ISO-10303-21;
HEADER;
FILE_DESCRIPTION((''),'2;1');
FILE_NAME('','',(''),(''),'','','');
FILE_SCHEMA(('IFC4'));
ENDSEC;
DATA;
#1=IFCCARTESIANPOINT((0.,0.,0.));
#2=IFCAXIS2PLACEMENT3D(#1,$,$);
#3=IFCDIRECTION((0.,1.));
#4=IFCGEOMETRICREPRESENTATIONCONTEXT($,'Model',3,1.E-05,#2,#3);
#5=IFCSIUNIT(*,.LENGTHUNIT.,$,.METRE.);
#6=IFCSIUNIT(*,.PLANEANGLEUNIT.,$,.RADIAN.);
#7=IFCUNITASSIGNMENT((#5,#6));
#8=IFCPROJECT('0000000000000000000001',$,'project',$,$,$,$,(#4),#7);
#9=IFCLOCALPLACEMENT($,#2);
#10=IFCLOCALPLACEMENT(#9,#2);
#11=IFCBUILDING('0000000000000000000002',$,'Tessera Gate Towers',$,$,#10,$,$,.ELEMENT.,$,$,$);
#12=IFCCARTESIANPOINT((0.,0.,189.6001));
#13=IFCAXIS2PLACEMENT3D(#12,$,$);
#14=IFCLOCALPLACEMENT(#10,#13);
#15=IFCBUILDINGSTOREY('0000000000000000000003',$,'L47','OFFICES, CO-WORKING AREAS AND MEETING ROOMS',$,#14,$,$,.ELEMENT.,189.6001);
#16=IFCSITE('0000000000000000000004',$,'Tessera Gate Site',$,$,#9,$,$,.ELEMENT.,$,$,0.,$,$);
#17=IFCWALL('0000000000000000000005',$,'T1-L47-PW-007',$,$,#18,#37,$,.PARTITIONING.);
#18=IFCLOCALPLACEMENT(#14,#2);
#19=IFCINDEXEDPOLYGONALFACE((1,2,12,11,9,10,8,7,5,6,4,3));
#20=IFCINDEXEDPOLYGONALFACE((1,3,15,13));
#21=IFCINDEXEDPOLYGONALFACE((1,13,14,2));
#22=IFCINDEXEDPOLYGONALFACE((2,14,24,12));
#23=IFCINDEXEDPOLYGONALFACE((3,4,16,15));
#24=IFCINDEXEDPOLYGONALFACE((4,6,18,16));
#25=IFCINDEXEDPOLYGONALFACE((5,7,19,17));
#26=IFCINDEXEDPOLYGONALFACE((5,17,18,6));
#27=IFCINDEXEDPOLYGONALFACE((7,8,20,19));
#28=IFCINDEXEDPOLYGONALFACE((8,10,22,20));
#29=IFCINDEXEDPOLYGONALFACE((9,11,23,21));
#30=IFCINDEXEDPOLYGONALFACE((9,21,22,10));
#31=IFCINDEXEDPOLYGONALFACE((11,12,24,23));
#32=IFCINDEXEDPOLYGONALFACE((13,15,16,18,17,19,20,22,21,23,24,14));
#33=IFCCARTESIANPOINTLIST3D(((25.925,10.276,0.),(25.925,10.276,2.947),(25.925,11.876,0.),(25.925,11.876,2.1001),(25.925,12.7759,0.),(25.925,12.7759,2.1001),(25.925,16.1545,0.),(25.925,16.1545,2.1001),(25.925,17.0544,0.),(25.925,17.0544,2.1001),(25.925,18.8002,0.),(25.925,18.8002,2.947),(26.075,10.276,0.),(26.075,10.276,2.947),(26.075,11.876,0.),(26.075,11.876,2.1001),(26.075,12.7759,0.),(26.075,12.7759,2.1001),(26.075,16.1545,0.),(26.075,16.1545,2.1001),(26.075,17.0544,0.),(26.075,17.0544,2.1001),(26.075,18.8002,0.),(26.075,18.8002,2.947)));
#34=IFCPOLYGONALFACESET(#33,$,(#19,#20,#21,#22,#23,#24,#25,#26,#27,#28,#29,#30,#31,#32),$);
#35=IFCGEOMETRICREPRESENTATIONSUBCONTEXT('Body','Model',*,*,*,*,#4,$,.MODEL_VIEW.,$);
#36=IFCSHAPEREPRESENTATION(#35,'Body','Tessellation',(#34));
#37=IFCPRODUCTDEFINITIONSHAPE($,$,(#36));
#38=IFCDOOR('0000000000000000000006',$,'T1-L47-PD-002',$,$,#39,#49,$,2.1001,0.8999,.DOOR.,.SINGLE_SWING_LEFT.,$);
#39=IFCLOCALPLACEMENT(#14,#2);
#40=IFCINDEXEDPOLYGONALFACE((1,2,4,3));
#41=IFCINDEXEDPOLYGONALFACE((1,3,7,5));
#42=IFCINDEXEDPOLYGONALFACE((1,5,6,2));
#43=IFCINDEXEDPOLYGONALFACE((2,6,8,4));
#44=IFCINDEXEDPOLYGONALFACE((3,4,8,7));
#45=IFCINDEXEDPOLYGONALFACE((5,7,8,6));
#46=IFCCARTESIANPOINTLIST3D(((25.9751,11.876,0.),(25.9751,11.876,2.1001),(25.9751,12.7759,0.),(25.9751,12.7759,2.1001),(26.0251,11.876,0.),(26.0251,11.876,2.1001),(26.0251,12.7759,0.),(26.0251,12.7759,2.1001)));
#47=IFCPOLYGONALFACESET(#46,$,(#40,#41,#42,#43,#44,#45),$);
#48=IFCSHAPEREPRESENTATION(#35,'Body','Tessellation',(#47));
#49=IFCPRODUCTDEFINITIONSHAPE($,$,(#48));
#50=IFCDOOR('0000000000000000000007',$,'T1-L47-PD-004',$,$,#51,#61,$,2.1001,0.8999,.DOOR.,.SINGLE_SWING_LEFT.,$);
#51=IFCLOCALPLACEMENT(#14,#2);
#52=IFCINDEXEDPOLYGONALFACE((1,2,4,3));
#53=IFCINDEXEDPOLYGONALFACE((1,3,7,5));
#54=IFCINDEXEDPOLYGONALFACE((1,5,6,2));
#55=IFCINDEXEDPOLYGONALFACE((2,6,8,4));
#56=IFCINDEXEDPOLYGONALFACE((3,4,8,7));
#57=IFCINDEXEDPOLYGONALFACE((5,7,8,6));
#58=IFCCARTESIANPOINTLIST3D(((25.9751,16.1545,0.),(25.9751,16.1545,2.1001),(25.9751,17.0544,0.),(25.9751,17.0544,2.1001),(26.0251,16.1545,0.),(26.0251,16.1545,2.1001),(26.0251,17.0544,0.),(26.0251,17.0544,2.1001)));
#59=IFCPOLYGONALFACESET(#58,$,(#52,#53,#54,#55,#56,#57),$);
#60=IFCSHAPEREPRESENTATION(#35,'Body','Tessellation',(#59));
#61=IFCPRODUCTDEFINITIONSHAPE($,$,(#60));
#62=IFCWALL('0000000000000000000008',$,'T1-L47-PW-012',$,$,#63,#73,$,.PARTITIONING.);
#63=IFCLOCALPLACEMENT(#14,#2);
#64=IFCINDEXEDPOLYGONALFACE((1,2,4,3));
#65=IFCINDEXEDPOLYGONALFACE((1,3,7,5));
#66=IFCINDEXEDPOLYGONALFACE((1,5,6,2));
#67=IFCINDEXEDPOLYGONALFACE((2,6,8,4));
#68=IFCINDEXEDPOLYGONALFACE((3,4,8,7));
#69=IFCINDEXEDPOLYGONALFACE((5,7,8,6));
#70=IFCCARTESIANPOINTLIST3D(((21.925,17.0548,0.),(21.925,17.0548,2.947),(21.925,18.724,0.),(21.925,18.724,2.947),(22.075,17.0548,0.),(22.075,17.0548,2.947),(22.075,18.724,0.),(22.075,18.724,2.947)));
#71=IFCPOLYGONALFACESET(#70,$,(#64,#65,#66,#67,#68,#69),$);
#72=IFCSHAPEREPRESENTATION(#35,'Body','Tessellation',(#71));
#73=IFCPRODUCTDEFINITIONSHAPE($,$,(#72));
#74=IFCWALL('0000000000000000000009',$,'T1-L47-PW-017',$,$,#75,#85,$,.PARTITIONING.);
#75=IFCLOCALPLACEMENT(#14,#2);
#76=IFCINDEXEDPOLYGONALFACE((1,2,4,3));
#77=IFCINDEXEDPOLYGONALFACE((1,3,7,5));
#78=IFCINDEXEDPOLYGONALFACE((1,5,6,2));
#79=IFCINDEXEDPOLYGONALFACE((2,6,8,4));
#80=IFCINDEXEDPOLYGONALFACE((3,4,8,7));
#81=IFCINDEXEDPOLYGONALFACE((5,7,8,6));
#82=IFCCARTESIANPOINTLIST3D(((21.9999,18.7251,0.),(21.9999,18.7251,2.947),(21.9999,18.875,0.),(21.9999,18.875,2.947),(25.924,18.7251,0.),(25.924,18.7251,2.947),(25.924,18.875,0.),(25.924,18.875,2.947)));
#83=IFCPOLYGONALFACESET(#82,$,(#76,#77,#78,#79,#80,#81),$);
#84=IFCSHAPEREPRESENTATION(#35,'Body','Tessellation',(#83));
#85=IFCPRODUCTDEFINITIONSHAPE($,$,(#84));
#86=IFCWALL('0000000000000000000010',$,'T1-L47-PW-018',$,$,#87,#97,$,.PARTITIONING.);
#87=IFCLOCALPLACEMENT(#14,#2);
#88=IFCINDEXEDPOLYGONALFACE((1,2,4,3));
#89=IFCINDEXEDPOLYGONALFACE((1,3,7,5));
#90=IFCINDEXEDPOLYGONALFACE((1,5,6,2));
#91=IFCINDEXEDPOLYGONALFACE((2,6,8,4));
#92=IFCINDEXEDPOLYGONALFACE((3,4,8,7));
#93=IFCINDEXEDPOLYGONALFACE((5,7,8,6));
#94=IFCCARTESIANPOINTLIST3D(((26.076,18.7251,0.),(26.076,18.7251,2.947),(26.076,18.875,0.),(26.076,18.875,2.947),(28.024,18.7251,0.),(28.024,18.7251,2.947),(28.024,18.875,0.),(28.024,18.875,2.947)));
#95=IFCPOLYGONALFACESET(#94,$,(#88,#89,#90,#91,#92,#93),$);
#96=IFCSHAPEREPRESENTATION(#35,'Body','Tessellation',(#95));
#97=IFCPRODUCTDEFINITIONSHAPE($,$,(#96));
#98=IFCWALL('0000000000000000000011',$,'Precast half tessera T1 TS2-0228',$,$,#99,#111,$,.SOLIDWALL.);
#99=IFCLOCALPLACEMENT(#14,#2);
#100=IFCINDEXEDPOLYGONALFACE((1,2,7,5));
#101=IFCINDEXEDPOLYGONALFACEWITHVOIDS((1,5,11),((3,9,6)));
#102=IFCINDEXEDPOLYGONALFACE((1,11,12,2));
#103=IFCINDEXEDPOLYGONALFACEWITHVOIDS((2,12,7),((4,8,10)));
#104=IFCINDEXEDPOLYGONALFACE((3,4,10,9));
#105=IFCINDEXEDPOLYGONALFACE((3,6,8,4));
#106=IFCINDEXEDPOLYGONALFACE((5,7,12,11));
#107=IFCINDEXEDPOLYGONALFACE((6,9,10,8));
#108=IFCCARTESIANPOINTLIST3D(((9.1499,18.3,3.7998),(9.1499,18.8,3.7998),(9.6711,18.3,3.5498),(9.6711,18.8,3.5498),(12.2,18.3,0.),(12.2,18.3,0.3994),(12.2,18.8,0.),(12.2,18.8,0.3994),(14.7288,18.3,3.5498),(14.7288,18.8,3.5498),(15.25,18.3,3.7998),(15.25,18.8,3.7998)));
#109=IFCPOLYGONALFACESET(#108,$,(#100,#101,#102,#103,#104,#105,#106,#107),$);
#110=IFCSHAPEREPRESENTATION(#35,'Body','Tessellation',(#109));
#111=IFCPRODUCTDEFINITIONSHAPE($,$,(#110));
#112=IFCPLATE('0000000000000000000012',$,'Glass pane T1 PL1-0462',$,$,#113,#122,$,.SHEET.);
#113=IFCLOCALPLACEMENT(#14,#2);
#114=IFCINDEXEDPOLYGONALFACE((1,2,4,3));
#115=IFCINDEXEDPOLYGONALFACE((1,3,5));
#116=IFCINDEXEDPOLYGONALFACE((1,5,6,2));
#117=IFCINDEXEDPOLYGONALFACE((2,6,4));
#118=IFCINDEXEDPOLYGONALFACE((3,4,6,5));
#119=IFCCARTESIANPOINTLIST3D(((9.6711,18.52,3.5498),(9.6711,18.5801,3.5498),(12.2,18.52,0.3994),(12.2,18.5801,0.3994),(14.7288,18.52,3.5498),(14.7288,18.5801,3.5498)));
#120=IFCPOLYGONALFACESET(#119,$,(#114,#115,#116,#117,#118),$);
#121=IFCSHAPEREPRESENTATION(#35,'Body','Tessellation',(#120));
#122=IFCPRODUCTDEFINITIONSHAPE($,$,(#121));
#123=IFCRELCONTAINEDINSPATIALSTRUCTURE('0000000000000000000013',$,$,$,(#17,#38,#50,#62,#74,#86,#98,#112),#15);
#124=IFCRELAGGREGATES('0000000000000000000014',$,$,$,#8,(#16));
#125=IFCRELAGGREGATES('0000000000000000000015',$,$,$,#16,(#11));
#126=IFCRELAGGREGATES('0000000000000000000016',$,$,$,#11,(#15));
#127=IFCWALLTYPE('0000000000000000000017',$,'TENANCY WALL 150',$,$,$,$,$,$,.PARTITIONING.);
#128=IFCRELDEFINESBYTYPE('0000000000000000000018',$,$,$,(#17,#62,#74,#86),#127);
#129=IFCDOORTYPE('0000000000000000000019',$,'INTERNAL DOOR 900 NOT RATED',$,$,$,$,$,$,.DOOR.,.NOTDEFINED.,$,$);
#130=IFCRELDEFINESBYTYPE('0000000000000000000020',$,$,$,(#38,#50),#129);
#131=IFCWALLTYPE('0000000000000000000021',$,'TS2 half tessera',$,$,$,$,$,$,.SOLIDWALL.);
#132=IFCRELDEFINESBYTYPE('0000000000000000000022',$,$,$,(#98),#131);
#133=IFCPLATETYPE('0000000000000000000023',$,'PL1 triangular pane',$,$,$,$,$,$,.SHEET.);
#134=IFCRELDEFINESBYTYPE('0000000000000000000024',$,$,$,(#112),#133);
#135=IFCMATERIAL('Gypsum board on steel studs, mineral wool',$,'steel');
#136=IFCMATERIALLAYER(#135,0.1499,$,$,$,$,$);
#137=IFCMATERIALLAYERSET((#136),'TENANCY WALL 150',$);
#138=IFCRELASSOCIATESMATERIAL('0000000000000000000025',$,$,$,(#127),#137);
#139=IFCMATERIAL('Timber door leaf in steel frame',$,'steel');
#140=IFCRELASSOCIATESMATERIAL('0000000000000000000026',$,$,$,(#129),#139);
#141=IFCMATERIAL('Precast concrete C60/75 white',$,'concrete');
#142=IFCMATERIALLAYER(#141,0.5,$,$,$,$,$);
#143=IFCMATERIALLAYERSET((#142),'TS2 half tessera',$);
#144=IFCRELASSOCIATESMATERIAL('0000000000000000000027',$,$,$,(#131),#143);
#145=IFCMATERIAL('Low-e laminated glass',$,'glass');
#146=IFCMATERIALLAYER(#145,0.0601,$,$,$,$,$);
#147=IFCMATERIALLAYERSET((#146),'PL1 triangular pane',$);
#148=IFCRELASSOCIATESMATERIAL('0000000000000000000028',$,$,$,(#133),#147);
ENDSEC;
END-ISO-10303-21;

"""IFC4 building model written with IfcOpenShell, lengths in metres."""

from ifc_helpers import new_model, si_unit, direction, frame, frame_2d, origin, place, context, subcontext, project, spatial, polyline, rectangle, outline, extrude, source, transform, mapped, material, layer, layer_set, type_object, element, fill, save


model = new_model("IFC4")

# Units and contexts
model_context = context("Model", 3, precision=1e-05, world=origin(), true_north=direction((0.0, 1.0)))
body_context = subcontext(model_context, "Body", "Model", "MODEL_VIEW")
ifc_project = project(units=[si_unit("LENGTHUNIT", "METRE"), si_unit("PLANEANGLEUNIT", "RADIAN")], contexts=[model_context])

# Site, building, storey
site_placement = place(None, origin())
site = spatial("IfcSite", under=ifc_project, at=site_placement, Name="Tessera Gate Site", CompositionType="ELEMENT", RefElevation=0.0)
building_placement = place(site_placement, origin())
building = spatial("IfcBuilding", under=site, at=building_placement, Name="Tessera Gate Towers", CompositionType="ELEMENT")
storey_placement = place(building_placement, frame((0.0, 0.0, 189.6001)))
storey = spatial("IfcBuildingStorey", under=building, at=storey_placement, Name="L47", Description="OFFICES, CO-WORKING AREAS AND MEETING ROOMS", CompositionType="ELEMENT", Elevation=189.6001)

# Shared definitions
ifc_material_1 = material(Name="Gypsum board on steel studs, mineral wool", Category="steel")
ifc_layer_1 = layer(ifc_material_1, 0.1499)
ifc_layer_set_1 = layer_set([ifc_layer_1], Name="TENANCY WALL 150")
wall_type_1 = type_object("IfcWallType", Name="TENANCY WALL 150", PredefinedType="PARTITIONING", material=ifc_layer_set_1)

# Wall, openings, doors
wall_1_placement = place(storey_placement, frame((26.0, 10.2759, 0.0), z_axis=(0.0, 0.0, 1.0), x_axis=(0.0, 1.0, 0.0)))
wall_1 = element("IfcWall", 1, at=wall_1_placement, inside=storey, type_object=wall_type_1, Name="T1-L47-PW-007", PredefinedType="PARTITIONING", context=body_context, shape_type="SweptSolid", body=[
    extrude(rectangle(XDim=8.5242, YDim=0.1499, at=frame_2d((4.2622, 0.0))), origin(), (0.0, 0.0, 1.0), 2.947),
])
shared_shape_1 = source(origin(), body_context, "Body", "SweptSolid", [
    extrude(rectangle(XDim=0.8999, YDim=2.1001, at=frame_2d((0.45, 1.05))), frame((0.0, 0.085, 0.0), z_axis=(0.0, -1.0, 0.0), x_axis=(1.0, 0.0, 0.0)), (0.0, 0.0, 1.0), 0.1699),
])
opening_1_placement = place(wall_1_placement, frame((1.6001, 0.0, 0.0)))
opening_1 = element("IfcOpeningElement", 2, at=opening_1_placement, cuts=wall_1, PredefinedType="OPENING", context=body_context, shape_type="MappedRepresentation", body=[
    mapped(shared_shape_1, transform((0.0, 0.0, 0.0), scale=1.0)),
])
opening_2_placement = place(wall_1_placement, frame((5.8787, 0.0, 0.0)))
opening_2 = element("IfcOpeningElement", 3, at=opening_2_placement, cuts=wall_1, PredefinedType="OPENING", context=body_context, shape_type="MappedRepresentation", body=[
    mapped(shared_shape_1, transform((0.0, 0.0, 0.0), scale=1.0)),
])
ifc_material_2 = material(Name="Timber door leaf in steel frame", Category="steel")
door_type = type_object("IfcDoorType", Name="INTERNAL DOOR 900 NOT RATED", OperationType="NOTDEFINED", PredefinedType="DOOR", material=ifc_material_2)
shared_shape_2 = source(origin(), body_context, "Body", "SweptSolid", [
    extrude(rectangle(XDim=0.8999, YDim=2.1001, at=frame_2d((0.45, 1.05))), frame((0.0, 0.0249, 0.0), z_axis=(0.0, -1.0, 0.0), x_axis=(1.0, 0.0, 0.0)), (0.0, 0.0, 1.0), 0.05),
])
door_1_placement = place(opening_1_placement, origin())
door_1 = element("IfcDoor", 4, at=door_1_placement, inside=storey, type_object=door_type, Name="T1-L47-PD-002", OperationType="SINGLE_SWING_LEFT", OverallHeight=2.1001, OverallWidth=0.8999, PredefinedType="DOOR", context=body_context, shape_type="MappedRepresentation", body=[
    mapped(shared_shape_2, transform((0.0, 0.0, 0.0), scale=1.0)),
])
fill(opening_1, door_1)
door_2_placement = place(opening_2_placement, origin())
door_2 = element("IfcDoor", 5, at=door_2_placement, inside=storey, type_object=door_type, Name="T1-L47-PD-004", OperationType="SINGLE_SWING_LEFT", OverallHeight=2.1001, OverallWidth=0.8999, PredefinedType="DOOR", context=body_context, shape_type="MappedRepresentation", body=[
    mapped(shared_shape_2, transform((0.0, 0.0, 0.0), scale=1.0)),
])
fill(opening_2, door_2)

# Walls
wall_2_placement = place(storey_placement, frame((22.0, 17.0549, 0.0), z_axis=(0.0, 0.0, 1.0), x_axis=(0.0, 1.0, 0.0)))
element("IfcWall", 6, at=wall_2_placement, inside=storey, type_object=wall_type_1, Name="T1-L47-PW-012", PredefinedType="PARTITIONING", context=body_context, shape_type="SweptSolid", body=[
    extrude(rectangle(XDim=1.6692, YDim=0.1499, at=frame_2d((0.8345, 0.0))), origin(), (0.0, 0.0, 1.0), 2.947),
])
wall_3_placement = place(storey_placement, frame((22.0, 18.8, 0.0), z_axis=(0.0, 0.0, 1.0), x_axis=(1.0, 0.0, 0.0)))
element("IfcWall", 7, at=wall_3_placement, inside=storey, type_object=wall_type_1, Name="T1-L47-PW-017", PredefinedType="PARTITIONING", context=body_context, shape_type="SweptSolid", body=[
    extrude(rectangle(XDim=3.9241, YDim=0.1499, at=frame_2d((1.9619, 0.0))), origin(), (0.0, 0.0, 1.0), 2.947),
])
wall_4_placement = place(storey_placement, frame((26.0759, 18.8, 0.0), z_axis=(0.0, 0.0, 1.0), x_axis=(1.0, 0.0, 0.0)))
element("IfcWall", 8, at=wall_4_placement, inside=storey, type_object=wall_type_1, Name="T1-L47-PW-018", PredefinedType="PARTITIONING", context=body_context, shape_type="SweptSolid", body=[
    extrude(rectangle(XDim=1.948, YDim=0.1499, at=frame_2d((0.9741, 0.0))), origin(), (0.0, 0.0, 1.0), 2.947),
])

# Wall, opening, plate
ifc_material_3 = material(Name="Precast concrete C60/75 white", Category="concrete")
ifc_layer_2 = layer(ifc_material_3, 0.5)
ifc_layer_set_2 = layer_set([ifc_layer_2], Name="TS2 half tessera")
wall_type_2 = type_object("IfcWallType", Name="TS2 half tessera", PredefinedType="SOLIDWALL", material=ifc_layer_set_2)
shared_shape_3 = source(origin(), body_context, "Body", "SweptSolid", [
    extrude(outline(polyline([(3.05, 0.0), (6.1001, 3.7998), (0.0, 3.7998), (3.05, 0.0)])), frame((0.0, 0.25, 0.0), z_axis=(0.0, -1.0, 0.0), x_axis=(1.0, 0.0, 0.0)), (0.0, 0.0, 1.0), 0.5),
])
wall_5_placement = place(storey_placement, frame((9.1499, 18.55, 0.0), z_axis=(0.0, 0.0, 1.0), x_axis=(1.0, 0.0, 0.0)))
wall_5 = element("IfcWall", 9, at=wall_5_placement, inside=storey, type_object=wall_type_2, Name="Precast half tessera T1 TS2-0228", PredefinedType="SOLIDWALL", context=body_context, shape_type="MappedRepresentation", body=[
    mapped(shared_shape_3, transform((0.0, 0.0, 0.0), scale=1.0)),
])
shared_shape_4 = source(origin(), body_context, "Body", "SweptSolid", [
    extrude(outline(polyline([(3.05, 0.3994), (5.5789, 3.5498), (0.5212, 3.5498), (3.05, 0.3994)])), frame((0.0, 0.26, 0.0), z_axis=(0.0, -1.0, 0.0), x_axis=(1.0, 0.0, 0.0)), (0.0, 0.0, 1.0), 0.52),
])
opening_3_placement = place(wall_5_placement, origin())
opening_3 = element("IfcOpeningElement", 10, at=opening_3_placement, cuts=wall_5, PredefinedType="OPENING", context=body_context, shape_type="MappedRepresentation", body=[
    mapped(shared_shape_4, transform((0.0, 0.0, 0.0), scale=1.0)),
])
ifc_material_4 = material(Name="Low-e laminated glass", Category="glass")
ifc_layer_3 = layer(ifc_material_4, 0.0601)
ifc_layer_set_3 = layer_set([ifc_layer_3], Name="PL1 triangular pane")
plate_type = type_object("IfcPlateType", Name="PL1 triangular pane", PredefinedType="SHEET", material=ifc_layer_set_3)
shared_shape_5 = source(origin(), body_context, "Body", "SweptSolid", [
    extrude(outline(polyline([(3.05, 0.3994), (5.5789, 3.5498), (0.5212, 3.5498), (3.05, 0.3994)])), frame((0.0, 0.03, 0.0), z_axis=(0.0, -1.0, 0.0), x_axis=(1.0, 0.0, 0.0)), (0.0, 0.0, 1.0), 0.0601),
])
plate_placement = place(opening_3_placement, origin())
plate = element("IfcPlate", 11, at=plate_placement, inside=storey, type_object=plate_type, Name="Glass pane T1 PL1-0462", PredefinedType="SHEET", context=body_context, shape_type="MappedRepresentation", body=[
    mapped(shared_shape_5, transform((0.0, 0.0, 0.0), scale=1.0)),
])
fill(opening_3, plate)

save(model, "model.ifc")
